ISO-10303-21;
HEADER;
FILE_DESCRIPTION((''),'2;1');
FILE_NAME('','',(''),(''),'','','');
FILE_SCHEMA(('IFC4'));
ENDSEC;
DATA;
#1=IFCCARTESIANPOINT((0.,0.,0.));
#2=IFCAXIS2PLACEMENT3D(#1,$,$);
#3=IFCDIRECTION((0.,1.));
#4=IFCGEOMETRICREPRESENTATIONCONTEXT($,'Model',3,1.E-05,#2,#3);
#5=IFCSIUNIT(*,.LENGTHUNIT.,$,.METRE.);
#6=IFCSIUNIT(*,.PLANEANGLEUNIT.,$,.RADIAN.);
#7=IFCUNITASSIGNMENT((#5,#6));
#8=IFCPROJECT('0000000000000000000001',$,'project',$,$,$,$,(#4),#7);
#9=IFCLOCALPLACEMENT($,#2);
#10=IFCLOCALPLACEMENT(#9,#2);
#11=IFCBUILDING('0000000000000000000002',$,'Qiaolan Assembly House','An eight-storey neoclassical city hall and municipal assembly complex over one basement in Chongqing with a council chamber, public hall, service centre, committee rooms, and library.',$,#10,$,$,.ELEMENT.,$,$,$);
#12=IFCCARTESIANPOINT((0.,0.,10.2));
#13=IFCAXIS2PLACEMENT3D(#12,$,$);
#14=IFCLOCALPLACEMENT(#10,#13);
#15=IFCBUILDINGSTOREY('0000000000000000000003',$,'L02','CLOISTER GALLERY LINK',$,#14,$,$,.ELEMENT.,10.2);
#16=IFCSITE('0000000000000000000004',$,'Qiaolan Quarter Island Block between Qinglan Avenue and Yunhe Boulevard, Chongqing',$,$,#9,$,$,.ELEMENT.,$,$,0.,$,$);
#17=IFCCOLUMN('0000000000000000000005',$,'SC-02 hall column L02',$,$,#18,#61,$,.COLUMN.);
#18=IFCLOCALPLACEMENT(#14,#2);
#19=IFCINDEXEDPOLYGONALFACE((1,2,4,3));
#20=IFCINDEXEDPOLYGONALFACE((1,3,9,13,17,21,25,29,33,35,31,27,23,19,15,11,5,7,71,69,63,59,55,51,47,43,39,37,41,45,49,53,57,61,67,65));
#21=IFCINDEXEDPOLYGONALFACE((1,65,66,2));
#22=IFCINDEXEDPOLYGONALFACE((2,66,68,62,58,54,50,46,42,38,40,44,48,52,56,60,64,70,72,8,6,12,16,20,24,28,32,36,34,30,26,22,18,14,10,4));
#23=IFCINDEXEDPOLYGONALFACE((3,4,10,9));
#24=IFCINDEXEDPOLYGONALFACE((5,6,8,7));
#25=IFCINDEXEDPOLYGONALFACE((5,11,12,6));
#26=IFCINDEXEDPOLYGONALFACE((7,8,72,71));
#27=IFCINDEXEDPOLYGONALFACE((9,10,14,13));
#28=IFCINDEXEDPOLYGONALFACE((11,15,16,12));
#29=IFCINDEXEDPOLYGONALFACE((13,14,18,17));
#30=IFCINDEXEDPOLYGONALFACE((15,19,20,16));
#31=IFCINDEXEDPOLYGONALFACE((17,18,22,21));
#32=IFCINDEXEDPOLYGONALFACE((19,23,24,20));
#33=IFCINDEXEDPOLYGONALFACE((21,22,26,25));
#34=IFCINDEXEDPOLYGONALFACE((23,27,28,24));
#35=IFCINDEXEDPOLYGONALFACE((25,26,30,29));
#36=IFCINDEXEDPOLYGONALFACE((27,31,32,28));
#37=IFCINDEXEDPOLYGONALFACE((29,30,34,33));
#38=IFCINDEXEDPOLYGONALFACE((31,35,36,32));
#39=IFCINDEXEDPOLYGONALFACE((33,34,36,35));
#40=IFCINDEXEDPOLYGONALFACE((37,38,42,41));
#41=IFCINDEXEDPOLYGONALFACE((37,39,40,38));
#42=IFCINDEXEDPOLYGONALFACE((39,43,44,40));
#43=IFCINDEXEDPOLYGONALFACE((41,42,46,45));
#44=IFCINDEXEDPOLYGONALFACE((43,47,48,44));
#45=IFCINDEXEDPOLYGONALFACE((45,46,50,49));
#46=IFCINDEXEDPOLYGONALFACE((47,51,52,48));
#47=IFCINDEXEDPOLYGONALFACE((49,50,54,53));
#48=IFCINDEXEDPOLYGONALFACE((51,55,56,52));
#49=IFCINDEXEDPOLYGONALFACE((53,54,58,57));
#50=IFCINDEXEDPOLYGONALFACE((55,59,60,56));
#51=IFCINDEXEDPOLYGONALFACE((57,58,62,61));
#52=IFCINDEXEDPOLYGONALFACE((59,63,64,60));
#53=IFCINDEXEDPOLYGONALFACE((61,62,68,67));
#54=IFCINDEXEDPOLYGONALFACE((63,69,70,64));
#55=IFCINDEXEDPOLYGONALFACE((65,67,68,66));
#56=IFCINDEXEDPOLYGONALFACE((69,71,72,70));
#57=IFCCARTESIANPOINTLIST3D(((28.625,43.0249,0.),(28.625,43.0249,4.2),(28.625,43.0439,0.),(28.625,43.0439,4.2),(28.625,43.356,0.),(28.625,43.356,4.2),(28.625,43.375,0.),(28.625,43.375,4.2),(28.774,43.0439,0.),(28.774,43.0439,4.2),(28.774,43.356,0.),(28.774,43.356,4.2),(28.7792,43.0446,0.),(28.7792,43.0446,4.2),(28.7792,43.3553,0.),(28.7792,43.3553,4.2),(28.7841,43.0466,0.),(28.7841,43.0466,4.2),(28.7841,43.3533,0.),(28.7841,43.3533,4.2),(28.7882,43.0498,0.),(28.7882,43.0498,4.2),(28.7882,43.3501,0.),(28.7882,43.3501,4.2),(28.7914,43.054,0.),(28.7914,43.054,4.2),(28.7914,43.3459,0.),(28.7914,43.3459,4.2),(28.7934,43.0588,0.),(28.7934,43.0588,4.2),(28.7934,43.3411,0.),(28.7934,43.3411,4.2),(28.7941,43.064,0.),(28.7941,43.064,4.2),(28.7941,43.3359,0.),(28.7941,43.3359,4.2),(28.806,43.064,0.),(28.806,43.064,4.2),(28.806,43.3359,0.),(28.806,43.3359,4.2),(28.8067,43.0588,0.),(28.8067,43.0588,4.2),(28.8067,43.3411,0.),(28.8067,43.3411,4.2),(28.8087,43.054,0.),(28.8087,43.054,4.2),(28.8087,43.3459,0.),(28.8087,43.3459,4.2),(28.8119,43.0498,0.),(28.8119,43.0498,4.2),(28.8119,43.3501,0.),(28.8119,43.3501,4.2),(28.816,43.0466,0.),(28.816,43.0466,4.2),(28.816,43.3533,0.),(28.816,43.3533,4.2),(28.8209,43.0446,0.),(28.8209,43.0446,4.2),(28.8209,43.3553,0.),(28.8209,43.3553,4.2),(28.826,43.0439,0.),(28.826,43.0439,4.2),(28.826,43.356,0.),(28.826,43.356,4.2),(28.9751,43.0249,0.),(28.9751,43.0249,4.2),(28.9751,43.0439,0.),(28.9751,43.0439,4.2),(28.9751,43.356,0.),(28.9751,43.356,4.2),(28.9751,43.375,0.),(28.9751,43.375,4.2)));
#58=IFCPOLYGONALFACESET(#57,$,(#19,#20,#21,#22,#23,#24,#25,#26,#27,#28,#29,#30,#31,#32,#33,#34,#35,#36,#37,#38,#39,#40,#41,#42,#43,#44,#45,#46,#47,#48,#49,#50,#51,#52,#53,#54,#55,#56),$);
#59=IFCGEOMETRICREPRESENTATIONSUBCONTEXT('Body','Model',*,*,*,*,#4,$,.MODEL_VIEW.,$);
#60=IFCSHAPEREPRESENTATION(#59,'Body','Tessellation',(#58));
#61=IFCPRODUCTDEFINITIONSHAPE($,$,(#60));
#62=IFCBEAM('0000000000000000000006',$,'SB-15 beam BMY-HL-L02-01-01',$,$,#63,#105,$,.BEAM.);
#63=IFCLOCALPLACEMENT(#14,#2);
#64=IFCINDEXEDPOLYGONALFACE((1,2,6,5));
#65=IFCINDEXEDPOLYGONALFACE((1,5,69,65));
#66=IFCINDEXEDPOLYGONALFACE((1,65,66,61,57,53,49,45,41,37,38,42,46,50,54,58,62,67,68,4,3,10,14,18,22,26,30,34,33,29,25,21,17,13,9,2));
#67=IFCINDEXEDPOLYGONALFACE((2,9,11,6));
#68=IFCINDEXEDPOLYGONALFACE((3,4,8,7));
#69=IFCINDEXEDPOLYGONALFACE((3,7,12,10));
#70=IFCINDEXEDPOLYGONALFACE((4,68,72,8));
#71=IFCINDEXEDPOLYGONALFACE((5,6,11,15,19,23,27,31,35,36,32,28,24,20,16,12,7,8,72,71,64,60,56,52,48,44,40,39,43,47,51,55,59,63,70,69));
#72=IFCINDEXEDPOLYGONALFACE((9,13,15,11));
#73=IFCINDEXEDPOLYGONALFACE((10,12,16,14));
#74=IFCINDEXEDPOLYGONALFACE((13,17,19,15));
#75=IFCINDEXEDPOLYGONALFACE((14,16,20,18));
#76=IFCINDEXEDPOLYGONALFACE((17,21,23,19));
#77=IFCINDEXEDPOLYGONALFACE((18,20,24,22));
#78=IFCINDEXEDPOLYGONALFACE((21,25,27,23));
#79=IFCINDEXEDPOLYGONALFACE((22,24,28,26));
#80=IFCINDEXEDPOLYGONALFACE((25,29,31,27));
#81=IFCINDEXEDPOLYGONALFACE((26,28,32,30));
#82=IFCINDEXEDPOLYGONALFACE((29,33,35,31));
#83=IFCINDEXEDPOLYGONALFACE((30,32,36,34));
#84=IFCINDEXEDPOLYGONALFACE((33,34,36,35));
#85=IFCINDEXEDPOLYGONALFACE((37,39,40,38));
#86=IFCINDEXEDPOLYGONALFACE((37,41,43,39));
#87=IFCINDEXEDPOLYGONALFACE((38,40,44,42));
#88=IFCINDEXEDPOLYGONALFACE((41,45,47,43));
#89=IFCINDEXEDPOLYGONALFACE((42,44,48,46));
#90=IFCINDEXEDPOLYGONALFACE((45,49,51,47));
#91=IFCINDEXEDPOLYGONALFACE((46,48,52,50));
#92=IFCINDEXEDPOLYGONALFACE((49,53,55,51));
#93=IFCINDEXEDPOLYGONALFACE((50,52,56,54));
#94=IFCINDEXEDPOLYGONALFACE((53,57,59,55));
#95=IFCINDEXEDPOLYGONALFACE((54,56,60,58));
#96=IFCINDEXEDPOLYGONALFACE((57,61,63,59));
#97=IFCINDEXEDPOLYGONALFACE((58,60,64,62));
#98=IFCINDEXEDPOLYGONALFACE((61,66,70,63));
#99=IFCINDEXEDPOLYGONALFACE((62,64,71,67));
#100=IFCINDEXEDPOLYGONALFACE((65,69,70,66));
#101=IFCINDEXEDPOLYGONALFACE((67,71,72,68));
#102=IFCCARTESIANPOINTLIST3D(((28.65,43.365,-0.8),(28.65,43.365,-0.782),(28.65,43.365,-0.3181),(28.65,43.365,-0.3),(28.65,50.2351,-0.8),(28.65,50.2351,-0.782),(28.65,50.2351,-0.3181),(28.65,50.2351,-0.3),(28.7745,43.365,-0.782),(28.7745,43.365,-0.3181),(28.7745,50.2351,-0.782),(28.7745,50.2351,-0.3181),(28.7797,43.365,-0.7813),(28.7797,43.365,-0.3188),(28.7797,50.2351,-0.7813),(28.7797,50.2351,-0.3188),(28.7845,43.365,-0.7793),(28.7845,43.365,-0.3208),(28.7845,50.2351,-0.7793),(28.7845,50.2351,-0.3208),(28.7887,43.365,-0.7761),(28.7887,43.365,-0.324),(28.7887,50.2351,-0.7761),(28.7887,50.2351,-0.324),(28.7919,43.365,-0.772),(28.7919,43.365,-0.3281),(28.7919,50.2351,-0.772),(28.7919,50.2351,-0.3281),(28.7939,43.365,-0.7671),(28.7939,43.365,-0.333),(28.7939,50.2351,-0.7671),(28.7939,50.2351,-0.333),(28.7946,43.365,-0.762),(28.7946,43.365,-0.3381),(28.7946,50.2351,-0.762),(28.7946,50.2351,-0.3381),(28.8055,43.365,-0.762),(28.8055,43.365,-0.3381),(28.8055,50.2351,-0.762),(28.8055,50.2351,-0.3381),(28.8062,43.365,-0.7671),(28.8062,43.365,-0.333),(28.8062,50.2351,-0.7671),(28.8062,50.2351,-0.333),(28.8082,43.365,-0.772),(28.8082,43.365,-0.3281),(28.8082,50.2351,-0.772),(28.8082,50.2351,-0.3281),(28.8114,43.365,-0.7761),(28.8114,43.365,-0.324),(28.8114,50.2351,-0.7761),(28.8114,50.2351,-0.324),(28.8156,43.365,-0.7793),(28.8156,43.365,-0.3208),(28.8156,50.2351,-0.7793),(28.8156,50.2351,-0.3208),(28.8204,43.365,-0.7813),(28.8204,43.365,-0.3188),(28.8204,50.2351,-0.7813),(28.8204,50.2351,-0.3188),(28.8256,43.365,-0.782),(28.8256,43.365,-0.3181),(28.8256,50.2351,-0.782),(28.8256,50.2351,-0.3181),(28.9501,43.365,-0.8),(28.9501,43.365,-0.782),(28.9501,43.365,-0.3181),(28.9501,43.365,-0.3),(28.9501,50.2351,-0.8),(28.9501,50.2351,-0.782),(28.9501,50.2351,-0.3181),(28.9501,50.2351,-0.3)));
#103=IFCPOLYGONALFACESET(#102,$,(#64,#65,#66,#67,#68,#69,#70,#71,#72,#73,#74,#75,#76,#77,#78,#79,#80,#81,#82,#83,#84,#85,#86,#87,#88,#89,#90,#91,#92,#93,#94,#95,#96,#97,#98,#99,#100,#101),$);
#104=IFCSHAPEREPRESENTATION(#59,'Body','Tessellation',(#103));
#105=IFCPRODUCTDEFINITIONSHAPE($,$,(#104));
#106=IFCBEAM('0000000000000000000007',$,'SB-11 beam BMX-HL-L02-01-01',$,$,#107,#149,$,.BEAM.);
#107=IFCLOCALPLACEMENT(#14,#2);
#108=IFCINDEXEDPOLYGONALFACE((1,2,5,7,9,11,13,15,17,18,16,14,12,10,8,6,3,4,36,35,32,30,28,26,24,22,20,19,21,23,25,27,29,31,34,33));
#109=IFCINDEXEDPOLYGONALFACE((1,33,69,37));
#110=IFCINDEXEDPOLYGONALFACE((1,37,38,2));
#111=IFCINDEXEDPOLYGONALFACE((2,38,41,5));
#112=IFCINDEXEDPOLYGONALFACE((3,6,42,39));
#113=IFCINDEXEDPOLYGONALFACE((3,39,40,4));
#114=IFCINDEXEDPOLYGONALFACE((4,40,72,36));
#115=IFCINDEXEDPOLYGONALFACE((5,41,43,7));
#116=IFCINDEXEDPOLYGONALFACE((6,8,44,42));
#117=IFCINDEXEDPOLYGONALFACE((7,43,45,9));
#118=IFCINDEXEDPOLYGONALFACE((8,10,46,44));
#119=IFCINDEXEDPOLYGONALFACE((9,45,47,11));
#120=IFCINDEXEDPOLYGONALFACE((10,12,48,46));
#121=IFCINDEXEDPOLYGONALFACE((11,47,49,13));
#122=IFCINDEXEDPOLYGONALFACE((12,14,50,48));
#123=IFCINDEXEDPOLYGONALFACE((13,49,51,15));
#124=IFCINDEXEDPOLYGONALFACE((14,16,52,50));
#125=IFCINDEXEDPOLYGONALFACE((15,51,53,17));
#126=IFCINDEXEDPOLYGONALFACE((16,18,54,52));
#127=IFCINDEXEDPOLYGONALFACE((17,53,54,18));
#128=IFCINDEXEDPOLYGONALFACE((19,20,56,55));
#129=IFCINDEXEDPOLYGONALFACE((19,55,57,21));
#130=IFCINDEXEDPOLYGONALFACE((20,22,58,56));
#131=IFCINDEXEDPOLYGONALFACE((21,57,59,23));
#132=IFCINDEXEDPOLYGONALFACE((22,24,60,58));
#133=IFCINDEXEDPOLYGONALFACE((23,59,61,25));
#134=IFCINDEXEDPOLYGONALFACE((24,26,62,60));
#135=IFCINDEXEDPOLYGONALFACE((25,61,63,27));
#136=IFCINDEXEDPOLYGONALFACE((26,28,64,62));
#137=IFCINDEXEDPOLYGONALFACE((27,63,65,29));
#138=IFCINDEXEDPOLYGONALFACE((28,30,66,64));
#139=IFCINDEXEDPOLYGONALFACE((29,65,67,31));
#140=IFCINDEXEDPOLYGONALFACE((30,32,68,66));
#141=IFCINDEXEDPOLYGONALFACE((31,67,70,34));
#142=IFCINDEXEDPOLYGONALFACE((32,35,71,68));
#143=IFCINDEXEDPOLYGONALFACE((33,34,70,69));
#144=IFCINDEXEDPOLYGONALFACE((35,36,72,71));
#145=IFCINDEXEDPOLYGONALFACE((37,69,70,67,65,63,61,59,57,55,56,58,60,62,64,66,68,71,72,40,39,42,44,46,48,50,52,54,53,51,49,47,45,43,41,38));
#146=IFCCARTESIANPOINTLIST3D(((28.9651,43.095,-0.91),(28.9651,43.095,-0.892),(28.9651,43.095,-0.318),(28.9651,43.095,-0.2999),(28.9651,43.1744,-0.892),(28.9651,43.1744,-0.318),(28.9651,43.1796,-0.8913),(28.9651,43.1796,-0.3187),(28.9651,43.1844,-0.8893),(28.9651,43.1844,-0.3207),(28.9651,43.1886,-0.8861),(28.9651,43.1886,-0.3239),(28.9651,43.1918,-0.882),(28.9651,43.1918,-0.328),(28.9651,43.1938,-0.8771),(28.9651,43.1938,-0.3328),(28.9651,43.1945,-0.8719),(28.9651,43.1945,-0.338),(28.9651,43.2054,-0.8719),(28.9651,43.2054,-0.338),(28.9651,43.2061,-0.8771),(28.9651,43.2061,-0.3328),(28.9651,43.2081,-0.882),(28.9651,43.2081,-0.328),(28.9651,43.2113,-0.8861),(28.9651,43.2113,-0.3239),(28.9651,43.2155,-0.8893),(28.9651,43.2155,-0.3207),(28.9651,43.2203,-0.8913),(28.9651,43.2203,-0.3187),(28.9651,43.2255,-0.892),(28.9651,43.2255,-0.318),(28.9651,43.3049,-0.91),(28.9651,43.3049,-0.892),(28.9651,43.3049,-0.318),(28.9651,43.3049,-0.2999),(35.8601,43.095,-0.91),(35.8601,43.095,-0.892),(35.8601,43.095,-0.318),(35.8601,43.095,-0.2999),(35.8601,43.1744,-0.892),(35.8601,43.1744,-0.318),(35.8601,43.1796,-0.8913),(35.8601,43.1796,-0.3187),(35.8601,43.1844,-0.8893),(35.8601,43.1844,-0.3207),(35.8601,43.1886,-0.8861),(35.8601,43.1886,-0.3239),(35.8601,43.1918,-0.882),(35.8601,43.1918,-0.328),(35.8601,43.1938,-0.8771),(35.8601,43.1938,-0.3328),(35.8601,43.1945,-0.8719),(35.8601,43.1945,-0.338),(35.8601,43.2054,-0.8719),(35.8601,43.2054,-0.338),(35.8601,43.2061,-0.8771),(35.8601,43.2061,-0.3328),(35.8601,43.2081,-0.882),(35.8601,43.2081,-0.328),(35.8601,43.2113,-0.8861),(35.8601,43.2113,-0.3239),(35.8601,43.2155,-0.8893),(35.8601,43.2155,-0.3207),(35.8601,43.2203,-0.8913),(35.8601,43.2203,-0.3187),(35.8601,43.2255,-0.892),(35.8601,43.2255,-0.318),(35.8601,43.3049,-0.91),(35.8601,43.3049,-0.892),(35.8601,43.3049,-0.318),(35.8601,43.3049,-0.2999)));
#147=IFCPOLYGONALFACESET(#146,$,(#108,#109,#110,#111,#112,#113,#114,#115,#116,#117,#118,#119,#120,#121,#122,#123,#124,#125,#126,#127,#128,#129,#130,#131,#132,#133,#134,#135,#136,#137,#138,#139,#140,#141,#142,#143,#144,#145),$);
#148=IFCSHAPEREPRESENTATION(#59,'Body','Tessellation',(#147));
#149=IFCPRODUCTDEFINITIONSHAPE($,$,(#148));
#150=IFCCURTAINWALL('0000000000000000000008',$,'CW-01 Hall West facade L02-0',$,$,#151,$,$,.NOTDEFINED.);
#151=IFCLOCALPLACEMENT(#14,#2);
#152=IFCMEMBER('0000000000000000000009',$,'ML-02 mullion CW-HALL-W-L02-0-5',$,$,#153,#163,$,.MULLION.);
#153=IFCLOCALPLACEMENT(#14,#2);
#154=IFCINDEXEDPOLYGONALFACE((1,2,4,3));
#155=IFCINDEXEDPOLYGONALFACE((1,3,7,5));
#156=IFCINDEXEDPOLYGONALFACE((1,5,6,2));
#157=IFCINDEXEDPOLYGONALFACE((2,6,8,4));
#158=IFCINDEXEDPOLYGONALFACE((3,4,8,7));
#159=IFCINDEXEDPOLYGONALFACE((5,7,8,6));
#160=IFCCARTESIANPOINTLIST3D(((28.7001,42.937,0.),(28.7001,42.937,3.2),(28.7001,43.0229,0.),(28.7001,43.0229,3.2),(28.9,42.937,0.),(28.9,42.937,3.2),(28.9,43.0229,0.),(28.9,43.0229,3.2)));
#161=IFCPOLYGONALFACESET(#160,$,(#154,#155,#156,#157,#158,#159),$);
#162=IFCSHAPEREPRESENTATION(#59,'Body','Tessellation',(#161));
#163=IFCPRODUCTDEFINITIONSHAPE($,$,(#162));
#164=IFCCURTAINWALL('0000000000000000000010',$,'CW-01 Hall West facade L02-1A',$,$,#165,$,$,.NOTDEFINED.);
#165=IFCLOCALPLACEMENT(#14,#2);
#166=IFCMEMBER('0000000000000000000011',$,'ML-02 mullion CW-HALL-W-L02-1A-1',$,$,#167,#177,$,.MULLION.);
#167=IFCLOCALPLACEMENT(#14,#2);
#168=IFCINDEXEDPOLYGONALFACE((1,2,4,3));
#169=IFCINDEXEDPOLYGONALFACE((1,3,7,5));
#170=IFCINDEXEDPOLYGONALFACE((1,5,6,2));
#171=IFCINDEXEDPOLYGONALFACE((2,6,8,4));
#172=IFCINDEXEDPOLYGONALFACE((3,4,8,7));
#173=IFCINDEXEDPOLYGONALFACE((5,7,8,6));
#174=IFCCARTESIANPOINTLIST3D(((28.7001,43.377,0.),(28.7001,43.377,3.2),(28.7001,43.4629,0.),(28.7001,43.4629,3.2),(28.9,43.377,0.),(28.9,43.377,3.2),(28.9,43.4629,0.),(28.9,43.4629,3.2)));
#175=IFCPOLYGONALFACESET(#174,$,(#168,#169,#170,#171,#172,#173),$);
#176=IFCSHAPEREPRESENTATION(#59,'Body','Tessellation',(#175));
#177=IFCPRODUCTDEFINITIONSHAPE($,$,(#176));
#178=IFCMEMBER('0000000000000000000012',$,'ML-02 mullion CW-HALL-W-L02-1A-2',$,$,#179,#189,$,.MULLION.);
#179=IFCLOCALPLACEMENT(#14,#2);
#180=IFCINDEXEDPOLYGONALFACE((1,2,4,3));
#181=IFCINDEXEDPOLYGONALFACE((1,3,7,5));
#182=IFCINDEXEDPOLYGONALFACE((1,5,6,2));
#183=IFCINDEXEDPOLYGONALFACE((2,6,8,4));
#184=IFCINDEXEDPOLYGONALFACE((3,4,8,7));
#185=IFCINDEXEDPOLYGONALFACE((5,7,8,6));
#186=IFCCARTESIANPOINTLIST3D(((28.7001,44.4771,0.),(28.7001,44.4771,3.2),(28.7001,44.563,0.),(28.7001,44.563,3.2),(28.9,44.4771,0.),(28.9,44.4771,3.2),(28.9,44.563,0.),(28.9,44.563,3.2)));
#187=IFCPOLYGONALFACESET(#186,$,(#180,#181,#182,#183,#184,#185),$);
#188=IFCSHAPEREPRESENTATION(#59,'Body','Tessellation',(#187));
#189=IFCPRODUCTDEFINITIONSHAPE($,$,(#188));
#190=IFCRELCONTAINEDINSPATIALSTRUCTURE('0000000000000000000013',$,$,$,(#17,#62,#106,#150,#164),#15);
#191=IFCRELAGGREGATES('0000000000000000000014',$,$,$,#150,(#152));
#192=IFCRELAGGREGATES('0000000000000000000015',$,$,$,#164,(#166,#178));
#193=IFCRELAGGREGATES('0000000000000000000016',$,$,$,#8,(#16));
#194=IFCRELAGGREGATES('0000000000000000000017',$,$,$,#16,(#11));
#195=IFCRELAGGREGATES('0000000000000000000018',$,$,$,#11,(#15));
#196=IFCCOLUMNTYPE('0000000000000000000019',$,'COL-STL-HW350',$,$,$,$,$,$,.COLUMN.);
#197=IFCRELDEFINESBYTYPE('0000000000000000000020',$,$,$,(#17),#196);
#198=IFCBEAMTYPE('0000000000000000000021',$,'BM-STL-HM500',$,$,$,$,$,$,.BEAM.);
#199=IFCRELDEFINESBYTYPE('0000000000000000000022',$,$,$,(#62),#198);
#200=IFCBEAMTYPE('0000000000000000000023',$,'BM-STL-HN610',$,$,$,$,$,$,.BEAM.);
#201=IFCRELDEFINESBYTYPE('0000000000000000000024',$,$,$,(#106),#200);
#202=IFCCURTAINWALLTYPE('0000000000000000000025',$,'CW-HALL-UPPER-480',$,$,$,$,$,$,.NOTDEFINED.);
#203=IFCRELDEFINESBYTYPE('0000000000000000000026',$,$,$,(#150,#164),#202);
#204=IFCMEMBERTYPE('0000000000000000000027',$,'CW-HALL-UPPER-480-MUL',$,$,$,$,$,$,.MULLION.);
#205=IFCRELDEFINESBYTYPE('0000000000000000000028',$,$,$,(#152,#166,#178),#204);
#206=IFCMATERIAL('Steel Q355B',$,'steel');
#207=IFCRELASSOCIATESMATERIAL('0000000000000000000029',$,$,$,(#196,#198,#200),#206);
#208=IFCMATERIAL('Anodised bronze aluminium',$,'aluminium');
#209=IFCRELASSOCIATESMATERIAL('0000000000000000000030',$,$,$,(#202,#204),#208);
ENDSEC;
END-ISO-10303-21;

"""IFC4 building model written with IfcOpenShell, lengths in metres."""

from ifc_helpers import new_model, si_unit, direction, frame, origin, origin_2d, place, context, subcontext, project, spatial, rectangle, i_section, extrude, material, material_profile, profile_set, type_object, element, aggregate, save


model = new_model("IFC4")

# Units and contexts
model_context = context("Model", 3, precision=1e-05, world=origin(), true_north=direction((0.0, 1.0)))
body_context = subcontext(model_context, "Body", "Model", "MODEL_VIEW")
ifc_project = project(units=[si_unit("LENGTHUNIT", "METRE"), si_unit("PLANEANGLEUNIT", "RADIAN")], contexts=[model_context])

# Site, building, storey
site_placement = place(None, origin())
site = spatial("IfcSite", under=ifc_project, at=site_placement, Name="Qiaolan Quarter Island Block between Qinglan Avenue and Yunhe Boulevard, Chongqing", CompositionType="ELEMENT", RefElevation=0.0)
building_placement = place(site_placement, origin())
building = spatial("IfcBuilding", under=site, at=building_placement, Name="Qiaolan Assembly House", Description="An eight-storey neoclassical city hall and municipal assembly complex over one basement in Chongqing with a council chamber, public hall, service centre, committee rooms, and library.", CompositionType="ELEMENT")
storey_placement = place(building_placement, frame((0.0, 0.0, 10.2)))
storey = spatial("IfcBuildingStorey", under=building, at=storey_placement, Name="L02", Description="CLOISTER GALLERY LINK", CompositionType="ELEMENT", Elevation=10.2)

# Column
ifc_material_1 = material(Name="Steel Q355B", Category="steel")
ifc_material_profile_1 = material_profile(ifc_material_1, i_section(OverallWidth=0.3501, OverallDepth=0.3501, WebThickness=0.012, FlangeThickness=0.019, FilletRadius=0.02, at=origin_2d()), Name="HW 350x350x12x19")
ifc_profile_set_1 = profile_set([ifc_material_profile_1], Name="Steel Q355B")
column_type = type_object("IfcColumnType", Name="COL-STL-HW350", PredefinedType="COLUMN", material=ifc_profile_set_1)
column_placement = place(storey_placement, frame((28.8, 43.2, 0.0), z_axis=(0.0, 0.0, 1.0), x_axis=(1.0, 0.0, 0.0)))
element("IfcColumn", 1, at=column_placement, inside=storey, type_object=column_type, Name="SC-02 hall column L02", PredefinedType="COLUMN", context=body_context, shape_type="SweptSolid", body=[
    extrude(i_section(OverallWidth=0.3501, OverallDepth=0.3501, WebThickness=0.012, FlangeThickness=0.019, FilletRadius=0.02, at=origin_2d()), origin(), (0.0, 0.0, 1.0), 4.2),
])

# Beams
ifc_material_profile_2 = material_profile(ifc_material_1, i_section(OverallWidth=0.3, OverallDepth=0.5, WebThickness=0.011, FlangeThickness=0.0181, FilletRadius=0.02, at=origin_2d()), Name="HM 500x300x11x18")
ifc_profile_set_2 = profile_set([ifc_material_profile_2], Name="Steel Q355B")
beam_type_1 = type_object("IfcBeamType", Name="BM-STL-HM500", PredefinedType="BEAM", material=ifc_profile_set_2)
beam_1_placement = place(storey_placement, frame((28.8, 43.365, -0.55), z_axis=(0.0, 1.0, 0.0), x_axis=(-1.0, 0.0, 0.0)))
element("IfcBeam", 2, at=beam_1_placement, inside=storey, type_object=beam_type_1, Name="SB-15 beam BMY-HL-L02-01-01", PredefinedType="BEAM", context=body_context, shape_type="SweptSolid", body=[
    extrude(i_section(OverallWidth=0.3, OverallDepth=0.5, WebThickness=0.011, FlangeThickness=0.0181, FilletRadius=0.02, at=origin_2d()), origin(), (0.0, 0.0, 1.0), 6.8701),
])
ifc_material_profile_3 = material_profile(ifc_material_1, i_section(OverallWidth=0.21, OverallDepth=0.6101, WebThickness=0.011, FlangeThickness=0.0181, FilletRadius=0.02, at=origin_2d()), Name="HN 610x210x11x18")
ifc_profile_set_3 = profile_set([ifc_material_profile_3], Name="Steel Q355B")
beam_type_2 = type_object("IfcBeamType", Name="BM-STL-HN610", PredefinedType="BEAM", material=ifc_profile_set_3)
beam_2_placement = place(storey_placement, frame((28.9651, 43.2, -0.605), z_axis=(1.0, 0.0, 0.0), x_axis=(0.0, 1.0, 0.0)))
element("IfcBeam", 3, at=beam_2_placement, inside=storey, type_object=beam_type_2, Name="SB-11 beam BMX-HL-L02-01-01", PredefinedType="BEAM", context=body_context, shape_type="SweptSolid", body=[
    extrude(i_section(OverallWidth=0.21, OverallDepth=0.6101, WebThickness=0.011, FlangeThickness=0.0181, FilletRadius=0.02, at=origin_2d()), origin(), (0.0, 0.0, 1.0), 6.895),
])

# Curtain wall, member
ifc_material_2 = material(Name="Anodised bronze aluminium", Category="aluminium")
curtain_wall_type = type_object("IfcCurtainWallType", Name="CW-HALL-UPPER-480", PredefinedType="NOTDEFINED", material=ifc_material_2)
curtain_wall_1_placement = place(storey_placement, origin())
curtain_wall_1 = element("IfcCurtainWall", 4, at=curtain_wall_1_placement, inside=storey, type_object=curtain_wall_type, Name="CW-01 Hall West facade L02-0", PredefinedType="NOTDEFINED")
ifc_material_profile_4 = material_profile(ifc_material_2, rectangle(XDim=0.0859, YDim=0.2, at=origin_2d()), Name="MUL 86x200")
ifc_profile_set_4 = profile_set([ifc_material_profile_4], Name="Anodised bronze aluminium")
member_type_1 = type_object("IfcMemberType", Name="CW-HALL-UPPER-480-MUL", PredefinedType="MULLION", material=ifc_profile_set_4)
member_1_placement = place(storey_placement, frame((28.8, 42.98, 0.0), z_axis=(0.0, 0.0, 1.0), x_axis=(0.0, 1.0, 0.0)))
member_1 = element("IfcMember", 5, at=member_1_placement, type_object=member_type_1, Name="ML-02 mullion CW-HALL-W-L02-0-5", PredefinedType="MULLION", context=body_context, shape_type="SweptSolid", body=[
    extrude(rectangle(XDim=0.0859, YDim=0.2, at=origin_2d()), origin(), (0.0, 0.0, 1.0), 3.2),
])

# Curtain wall, members
curtain_wall_2_placement = place(storey_placement, origin())
curtain_wall_2 = element("IfcCurtainWall", 6, at=curtain_wall_2_placement, inside=storey, type_object=curtain_wall_type, Name="CW-01 Hall West facade L02-1A", PredefinedType="NOTDEFINED")
member_2_placement = place(storey_placement, frame((28.8, 43.4199, 0.0), z_axis=(0.0, 0.0, 1.0), x_axis=(0.0, 1.0, 0.0)))
member_2 = element("IfcMember", 7, at=member_2_placement, type_object=member_type_1, Name="ML-02 mullion CW-HALL-W-L02-1A-1", PredefinedType="MULLION", context=body_context, shape_type="SweptSolid", body=[
    extrude(rectangle(XDim=0.0859, YDim=0.2, at=origin_2d()), origin(), (0.0, 0.0, 1.0), 3.2),
])
member_3_placement = place(storey_placement, frame((28.8, 44.52, 0.0), z_axis=(0.0, 0.0, 1.0), x_axis=(0.0, 1.0, 0.0)))
member_3 = element("IfcMember", 8, at=member_3_placement, type_object=member_type_1, Name="ML-02 mullion CW-HALL-W-L02-1A-2", PredefinedType="MULLION", context=body_context, shape_type="SweptSolid", body=[
    extrude(rectangle(XDim=0.0859, YDim=0.2, at=origin_2d()), origin(), (0.0, 0.0, 1.0), 3.2),
])

aggregate(curtain_wall_1, [member_1])

aggregate(curtain_wall_2, [member_2, member_3])

save(model, "model.ifc")
